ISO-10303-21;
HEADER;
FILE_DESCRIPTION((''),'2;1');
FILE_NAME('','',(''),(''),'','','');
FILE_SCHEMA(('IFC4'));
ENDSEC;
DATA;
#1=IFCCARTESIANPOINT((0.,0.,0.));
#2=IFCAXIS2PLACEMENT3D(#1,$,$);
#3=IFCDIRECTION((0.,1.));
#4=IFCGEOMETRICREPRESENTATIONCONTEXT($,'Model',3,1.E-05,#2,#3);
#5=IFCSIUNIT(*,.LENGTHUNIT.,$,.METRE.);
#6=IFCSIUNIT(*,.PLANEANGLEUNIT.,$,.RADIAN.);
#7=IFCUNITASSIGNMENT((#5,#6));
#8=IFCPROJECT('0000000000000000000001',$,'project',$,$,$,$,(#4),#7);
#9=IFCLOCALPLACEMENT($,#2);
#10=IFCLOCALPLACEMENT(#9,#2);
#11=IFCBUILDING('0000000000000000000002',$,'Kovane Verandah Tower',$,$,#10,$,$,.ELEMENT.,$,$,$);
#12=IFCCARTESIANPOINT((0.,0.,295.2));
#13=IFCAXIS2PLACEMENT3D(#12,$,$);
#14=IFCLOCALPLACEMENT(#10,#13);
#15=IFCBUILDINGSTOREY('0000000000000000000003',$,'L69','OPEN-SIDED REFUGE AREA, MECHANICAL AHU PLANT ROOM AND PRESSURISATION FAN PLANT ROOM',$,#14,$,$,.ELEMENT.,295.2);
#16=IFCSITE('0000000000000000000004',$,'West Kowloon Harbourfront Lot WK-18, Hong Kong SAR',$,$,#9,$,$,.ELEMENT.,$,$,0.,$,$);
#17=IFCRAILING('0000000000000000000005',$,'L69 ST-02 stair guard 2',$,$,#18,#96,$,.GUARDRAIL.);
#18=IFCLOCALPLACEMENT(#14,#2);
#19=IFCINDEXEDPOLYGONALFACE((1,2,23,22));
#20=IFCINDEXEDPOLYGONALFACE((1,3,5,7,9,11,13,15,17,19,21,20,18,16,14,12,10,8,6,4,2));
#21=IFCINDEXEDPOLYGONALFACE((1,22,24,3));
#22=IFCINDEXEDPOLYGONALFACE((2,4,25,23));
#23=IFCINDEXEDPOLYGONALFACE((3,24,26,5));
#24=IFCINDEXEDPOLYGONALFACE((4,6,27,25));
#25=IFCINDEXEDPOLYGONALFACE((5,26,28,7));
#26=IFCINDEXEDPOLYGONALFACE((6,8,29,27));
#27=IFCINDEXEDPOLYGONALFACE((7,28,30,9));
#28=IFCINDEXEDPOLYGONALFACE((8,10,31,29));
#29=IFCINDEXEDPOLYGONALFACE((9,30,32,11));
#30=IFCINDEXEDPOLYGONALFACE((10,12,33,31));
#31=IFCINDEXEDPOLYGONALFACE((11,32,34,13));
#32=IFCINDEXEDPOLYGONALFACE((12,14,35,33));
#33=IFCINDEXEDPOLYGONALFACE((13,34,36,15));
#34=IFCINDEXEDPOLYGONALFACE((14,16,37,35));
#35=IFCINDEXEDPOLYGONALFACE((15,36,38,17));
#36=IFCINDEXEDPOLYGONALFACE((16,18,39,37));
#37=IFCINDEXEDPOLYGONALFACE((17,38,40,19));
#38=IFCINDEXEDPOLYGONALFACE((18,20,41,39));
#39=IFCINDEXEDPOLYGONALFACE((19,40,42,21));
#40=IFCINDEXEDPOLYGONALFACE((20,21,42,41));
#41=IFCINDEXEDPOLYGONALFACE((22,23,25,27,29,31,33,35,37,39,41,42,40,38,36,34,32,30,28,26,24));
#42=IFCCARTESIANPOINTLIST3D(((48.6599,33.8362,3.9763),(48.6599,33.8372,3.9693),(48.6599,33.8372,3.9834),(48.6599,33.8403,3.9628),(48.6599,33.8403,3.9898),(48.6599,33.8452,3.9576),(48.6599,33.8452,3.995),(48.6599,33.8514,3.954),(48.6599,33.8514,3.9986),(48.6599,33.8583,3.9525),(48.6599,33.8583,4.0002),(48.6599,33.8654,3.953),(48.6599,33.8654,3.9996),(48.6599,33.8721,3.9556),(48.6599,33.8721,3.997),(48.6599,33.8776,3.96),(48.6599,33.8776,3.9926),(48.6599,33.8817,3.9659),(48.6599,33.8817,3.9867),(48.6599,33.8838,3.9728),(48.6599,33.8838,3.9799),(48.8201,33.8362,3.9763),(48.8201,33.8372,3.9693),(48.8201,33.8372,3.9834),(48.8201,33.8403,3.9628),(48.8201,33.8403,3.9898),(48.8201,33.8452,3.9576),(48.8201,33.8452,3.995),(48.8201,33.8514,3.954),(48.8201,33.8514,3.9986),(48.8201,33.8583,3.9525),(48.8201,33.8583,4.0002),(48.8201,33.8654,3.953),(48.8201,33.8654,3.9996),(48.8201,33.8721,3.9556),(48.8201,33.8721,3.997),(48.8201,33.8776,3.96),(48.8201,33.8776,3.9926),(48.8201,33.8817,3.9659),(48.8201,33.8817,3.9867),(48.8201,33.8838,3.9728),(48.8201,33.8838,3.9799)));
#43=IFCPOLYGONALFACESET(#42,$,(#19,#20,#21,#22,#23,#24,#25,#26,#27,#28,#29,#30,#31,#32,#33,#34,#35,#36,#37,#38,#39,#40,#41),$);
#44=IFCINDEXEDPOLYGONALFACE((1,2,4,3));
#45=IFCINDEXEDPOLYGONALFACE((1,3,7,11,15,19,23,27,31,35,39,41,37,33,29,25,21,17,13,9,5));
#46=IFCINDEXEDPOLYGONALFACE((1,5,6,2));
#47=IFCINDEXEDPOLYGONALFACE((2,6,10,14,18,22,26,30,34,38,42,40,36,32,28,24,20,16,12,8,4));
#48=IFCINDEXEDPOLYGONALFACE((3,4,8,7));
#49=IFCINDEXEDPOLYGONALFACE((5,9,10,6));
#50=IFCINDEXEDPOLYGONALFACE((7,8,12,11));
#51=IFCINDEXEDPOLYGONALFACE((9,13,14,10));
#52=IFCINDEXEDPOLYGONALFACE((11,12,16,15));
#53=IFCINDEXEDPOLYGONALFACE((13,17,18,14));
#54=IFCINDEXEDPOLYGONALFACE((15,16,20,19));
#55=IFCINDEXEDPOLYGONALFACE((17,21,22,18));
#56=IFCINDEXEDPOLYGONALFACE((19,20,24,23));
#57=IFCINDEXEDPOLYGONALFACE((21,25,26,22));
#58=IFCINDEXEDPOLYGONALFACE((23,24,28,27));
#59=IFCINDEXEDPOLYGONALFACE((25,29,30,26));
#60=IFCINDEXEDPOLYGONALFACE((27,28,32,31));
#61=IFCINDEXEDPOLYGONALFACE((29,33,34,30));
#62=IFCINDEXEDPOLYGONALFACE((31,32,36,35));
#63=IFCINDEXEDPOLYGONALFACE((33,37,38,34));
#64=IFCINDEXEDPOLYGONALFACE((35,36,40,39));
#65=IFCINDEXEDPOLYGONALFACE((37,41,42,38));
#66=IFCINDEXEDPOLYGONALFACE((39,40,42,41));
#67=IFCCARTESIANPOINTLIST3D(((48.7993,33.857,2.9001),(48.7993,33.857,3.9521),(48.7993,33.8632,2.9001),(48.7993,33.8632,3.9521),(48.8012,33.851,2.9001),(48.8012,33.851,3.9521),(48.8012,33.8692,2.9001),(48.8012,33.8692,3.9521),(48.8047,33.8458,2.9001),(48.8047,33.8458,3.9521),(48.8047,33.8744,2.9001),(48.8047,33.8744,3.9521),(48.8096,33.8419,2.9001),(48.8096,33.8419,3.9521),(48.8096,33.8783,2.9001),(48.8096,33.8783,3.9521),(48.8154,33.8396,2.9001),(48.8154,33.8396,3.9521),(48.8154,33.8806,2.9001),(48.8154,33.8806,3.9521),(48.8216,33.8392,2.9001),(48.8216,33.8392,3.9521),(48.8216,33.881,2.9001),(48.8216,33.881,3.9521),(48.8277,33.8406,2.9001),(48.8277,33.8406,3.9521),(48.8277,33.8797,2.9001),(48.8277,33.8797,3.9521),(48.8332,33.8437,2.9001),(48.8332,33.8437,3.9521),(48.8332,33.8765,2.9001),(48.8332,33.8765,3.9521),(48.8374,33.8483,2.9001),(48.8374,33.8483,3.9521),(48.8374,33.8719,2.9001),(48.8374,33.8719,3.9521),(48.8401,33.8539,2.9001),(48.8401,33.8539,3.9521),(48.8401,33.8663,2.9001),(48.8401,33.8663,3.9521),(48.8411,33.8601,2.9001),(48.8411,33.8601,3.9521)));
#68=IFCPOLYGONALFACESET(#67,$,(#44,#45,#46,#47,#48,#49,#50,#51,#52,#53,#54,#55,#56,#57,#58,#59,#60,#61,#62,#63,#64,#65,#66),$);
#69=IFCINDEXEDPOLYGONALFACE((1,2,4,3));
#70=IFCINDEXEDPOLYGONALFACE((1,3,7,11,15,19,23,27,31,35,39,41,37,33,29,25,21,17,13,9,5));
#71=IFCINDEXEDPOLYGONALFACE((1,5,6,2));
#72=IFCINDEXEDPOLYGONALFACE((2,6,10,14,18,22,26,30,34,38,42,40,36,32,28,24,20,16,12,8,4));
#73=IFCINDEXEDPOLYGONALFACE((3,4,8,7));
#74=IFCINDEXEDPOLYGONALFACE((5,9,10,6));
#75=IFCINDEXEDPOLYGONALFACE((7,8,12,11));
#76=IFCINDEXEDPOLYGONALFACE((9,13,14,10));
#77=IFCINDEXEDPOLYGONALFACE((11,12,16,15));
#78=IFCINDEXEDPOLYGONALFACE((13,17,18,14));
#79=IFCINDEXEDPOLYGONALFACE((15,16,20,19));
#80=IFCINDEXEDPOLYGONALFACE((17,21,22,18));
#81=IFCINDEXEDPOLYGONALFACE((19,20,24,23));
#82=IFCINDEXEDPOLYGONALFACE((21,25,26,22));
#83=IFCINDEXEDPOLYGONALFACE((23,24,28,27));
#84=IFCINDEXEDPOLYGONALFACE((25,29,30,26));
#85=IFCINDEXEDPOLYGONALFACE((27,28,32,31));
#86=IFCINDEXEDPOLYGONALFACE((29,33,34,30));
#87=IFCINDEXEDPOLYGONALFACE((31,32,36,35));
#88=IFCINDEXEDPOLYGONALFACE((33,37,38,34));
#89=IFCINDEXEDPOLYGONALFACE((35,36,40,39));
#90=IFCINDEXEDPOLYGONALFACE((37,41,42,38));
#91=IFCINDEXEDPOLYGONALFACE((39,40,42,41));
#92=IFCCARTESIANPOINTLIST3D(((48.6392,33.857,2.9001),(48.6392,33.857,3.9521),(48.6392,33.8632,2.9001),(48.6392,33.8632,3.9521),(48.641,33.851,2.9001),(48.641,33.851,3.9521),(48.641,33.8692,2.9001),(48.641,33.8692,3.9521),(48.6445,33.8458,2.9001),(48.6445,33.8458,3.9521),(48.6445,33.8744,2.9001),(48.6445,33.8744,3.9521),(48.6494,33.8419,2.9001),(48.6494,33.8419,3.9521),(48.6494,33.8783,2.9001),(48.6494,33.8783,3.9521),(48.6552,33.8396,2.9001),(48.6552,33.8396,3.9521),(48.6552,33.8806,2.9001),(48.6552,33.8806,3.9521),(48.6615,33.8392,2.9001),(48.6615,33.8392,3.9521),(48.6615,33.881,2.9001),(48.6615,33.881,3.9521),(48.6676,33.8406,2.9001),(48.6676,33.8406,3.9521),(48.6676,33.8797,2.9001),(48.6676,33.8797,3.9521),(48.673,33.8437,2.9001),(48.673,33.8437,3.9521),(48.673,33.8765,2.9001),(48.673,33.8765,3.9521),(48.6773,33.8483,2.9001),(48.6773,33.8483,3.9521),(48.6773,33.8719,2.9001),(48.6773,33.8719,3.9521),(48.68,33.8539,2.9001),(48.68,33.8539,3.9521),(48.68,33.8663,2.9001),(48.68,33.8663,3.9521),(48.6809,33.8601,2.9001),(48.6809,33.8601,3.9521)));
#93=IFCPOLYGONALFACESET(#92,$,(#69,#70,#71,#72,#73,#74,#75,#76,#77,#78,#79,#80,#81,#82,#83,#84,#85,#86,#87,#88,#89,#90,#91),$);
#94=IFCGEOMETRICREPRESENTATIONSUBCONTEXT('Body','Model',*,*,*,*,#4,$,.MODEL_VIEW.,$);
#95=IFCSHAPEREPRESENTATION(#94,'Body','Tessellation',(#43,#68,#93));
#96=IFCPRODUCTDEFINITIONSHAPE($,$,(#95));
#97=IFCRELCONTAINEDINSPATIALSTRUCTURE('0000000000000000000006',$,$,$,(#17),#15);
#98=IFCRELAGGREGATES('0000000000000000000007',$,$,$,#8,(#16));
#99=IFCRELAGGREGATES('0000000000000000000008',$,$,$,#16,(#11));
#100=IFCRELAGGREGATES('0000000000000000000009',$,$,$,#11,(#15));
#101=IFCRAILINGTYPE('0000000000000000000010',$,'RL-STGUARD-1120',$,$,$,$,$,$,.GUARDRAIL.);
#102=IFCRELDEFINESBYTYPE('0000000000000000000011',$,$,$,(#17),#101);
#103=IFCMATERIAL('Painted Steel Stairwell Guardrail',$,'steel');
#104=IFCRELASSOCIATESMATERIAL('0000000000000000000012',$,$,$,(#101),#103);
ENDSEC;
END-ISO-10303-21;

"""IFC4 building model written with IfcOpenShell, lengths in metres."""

from ifc_helpers import new_model, si_unit, direction, frame, origin, origin_2d, place, context, subcontext, project, spatial, circle, extrude, material, type_object, element, save


model = new_model("IFC4")

# Units and contexts
model_context = context("Model", 3, precision=1e-05, world=origin(), true_north=direction((0.0, 1.0)))
body_context = subcontext(model_context, "Body", "Model", "MODEL_VIEW")
ifc_project = project(units=[si_unit("LENGTHUNIT", "METRE"), si_unit("PLANEANGLEUNIT", "RADIAN")], contexts=[model_context])

# Site, building, storey
site_placement = place(None, origin())
site = spatial("IfcSite", under=ifc_project, at=site_placement, Name="West Kowloon Harbourfront Lot WK-18, Hong Kong SAR", CompositionType="ELEMENT", RefElevation=0.0)
building_placement = place(site_placement, origin())
building = spatial("IfcBuilding", under=site, at=building_placement, Name="Kovane Verandah Tower", CompositionType="ELEMENT")
storey_placement = place(building_placement, frame((0.0, 0.0, 295.2)))
storey = spatial("IfcBuildingStorey", under=building, at=storey_placement, Name="L69", Description="OPEN-SIDED REFUGE AREA, MECHANICAL AHU PLANT ROOM AND PRESSURISATION FAN PLANT ROOM", CompositionType="ELEMENT", Elevation=295.2)

# Railing
ifc_material_1 = material(Name="Painted Steel Stairwell Guardrail", Category="steel")
railing_type_1 = type_object("IfcRailingType", Name="RL-STGUARD-1120", PredefinedType="GUARDRAIL", material=ifc_material_1)
railing_1_placement = place(storey_placement, frame((48.8201, 33.8601, 2.9001)))
element("IfcRailing", 1, at=railing_1_placement, inside=storey, type_object=railing_type_1, Name="L69 ST-02 stair guard 2", PredefinedType="GUARDRAIL", context=body_context, shape_type="SweptSolid", body=[
    extrude(circle(Radius=0.0239, at=origin_2d()), frame((0.0, 0.0, 1.0762), z_axis=(-1.0, 0.0, 0.0), x_axis=(0.0, -1.0, 0.0)), (0.0, 0.0, 1.0), 0.1602),
    extrude(circle(Radius=0.021, at=origin_2d()), origin(), (0.0, 0.0, 1.0), 1.052),
    extrude(circle(Radius=0.021, at=origin_2d()), frame((-0.1602, 0.0, 0.0)), (0.0, 0.0, 1.0), 1.052),
])

save(model, "model.ifc")
